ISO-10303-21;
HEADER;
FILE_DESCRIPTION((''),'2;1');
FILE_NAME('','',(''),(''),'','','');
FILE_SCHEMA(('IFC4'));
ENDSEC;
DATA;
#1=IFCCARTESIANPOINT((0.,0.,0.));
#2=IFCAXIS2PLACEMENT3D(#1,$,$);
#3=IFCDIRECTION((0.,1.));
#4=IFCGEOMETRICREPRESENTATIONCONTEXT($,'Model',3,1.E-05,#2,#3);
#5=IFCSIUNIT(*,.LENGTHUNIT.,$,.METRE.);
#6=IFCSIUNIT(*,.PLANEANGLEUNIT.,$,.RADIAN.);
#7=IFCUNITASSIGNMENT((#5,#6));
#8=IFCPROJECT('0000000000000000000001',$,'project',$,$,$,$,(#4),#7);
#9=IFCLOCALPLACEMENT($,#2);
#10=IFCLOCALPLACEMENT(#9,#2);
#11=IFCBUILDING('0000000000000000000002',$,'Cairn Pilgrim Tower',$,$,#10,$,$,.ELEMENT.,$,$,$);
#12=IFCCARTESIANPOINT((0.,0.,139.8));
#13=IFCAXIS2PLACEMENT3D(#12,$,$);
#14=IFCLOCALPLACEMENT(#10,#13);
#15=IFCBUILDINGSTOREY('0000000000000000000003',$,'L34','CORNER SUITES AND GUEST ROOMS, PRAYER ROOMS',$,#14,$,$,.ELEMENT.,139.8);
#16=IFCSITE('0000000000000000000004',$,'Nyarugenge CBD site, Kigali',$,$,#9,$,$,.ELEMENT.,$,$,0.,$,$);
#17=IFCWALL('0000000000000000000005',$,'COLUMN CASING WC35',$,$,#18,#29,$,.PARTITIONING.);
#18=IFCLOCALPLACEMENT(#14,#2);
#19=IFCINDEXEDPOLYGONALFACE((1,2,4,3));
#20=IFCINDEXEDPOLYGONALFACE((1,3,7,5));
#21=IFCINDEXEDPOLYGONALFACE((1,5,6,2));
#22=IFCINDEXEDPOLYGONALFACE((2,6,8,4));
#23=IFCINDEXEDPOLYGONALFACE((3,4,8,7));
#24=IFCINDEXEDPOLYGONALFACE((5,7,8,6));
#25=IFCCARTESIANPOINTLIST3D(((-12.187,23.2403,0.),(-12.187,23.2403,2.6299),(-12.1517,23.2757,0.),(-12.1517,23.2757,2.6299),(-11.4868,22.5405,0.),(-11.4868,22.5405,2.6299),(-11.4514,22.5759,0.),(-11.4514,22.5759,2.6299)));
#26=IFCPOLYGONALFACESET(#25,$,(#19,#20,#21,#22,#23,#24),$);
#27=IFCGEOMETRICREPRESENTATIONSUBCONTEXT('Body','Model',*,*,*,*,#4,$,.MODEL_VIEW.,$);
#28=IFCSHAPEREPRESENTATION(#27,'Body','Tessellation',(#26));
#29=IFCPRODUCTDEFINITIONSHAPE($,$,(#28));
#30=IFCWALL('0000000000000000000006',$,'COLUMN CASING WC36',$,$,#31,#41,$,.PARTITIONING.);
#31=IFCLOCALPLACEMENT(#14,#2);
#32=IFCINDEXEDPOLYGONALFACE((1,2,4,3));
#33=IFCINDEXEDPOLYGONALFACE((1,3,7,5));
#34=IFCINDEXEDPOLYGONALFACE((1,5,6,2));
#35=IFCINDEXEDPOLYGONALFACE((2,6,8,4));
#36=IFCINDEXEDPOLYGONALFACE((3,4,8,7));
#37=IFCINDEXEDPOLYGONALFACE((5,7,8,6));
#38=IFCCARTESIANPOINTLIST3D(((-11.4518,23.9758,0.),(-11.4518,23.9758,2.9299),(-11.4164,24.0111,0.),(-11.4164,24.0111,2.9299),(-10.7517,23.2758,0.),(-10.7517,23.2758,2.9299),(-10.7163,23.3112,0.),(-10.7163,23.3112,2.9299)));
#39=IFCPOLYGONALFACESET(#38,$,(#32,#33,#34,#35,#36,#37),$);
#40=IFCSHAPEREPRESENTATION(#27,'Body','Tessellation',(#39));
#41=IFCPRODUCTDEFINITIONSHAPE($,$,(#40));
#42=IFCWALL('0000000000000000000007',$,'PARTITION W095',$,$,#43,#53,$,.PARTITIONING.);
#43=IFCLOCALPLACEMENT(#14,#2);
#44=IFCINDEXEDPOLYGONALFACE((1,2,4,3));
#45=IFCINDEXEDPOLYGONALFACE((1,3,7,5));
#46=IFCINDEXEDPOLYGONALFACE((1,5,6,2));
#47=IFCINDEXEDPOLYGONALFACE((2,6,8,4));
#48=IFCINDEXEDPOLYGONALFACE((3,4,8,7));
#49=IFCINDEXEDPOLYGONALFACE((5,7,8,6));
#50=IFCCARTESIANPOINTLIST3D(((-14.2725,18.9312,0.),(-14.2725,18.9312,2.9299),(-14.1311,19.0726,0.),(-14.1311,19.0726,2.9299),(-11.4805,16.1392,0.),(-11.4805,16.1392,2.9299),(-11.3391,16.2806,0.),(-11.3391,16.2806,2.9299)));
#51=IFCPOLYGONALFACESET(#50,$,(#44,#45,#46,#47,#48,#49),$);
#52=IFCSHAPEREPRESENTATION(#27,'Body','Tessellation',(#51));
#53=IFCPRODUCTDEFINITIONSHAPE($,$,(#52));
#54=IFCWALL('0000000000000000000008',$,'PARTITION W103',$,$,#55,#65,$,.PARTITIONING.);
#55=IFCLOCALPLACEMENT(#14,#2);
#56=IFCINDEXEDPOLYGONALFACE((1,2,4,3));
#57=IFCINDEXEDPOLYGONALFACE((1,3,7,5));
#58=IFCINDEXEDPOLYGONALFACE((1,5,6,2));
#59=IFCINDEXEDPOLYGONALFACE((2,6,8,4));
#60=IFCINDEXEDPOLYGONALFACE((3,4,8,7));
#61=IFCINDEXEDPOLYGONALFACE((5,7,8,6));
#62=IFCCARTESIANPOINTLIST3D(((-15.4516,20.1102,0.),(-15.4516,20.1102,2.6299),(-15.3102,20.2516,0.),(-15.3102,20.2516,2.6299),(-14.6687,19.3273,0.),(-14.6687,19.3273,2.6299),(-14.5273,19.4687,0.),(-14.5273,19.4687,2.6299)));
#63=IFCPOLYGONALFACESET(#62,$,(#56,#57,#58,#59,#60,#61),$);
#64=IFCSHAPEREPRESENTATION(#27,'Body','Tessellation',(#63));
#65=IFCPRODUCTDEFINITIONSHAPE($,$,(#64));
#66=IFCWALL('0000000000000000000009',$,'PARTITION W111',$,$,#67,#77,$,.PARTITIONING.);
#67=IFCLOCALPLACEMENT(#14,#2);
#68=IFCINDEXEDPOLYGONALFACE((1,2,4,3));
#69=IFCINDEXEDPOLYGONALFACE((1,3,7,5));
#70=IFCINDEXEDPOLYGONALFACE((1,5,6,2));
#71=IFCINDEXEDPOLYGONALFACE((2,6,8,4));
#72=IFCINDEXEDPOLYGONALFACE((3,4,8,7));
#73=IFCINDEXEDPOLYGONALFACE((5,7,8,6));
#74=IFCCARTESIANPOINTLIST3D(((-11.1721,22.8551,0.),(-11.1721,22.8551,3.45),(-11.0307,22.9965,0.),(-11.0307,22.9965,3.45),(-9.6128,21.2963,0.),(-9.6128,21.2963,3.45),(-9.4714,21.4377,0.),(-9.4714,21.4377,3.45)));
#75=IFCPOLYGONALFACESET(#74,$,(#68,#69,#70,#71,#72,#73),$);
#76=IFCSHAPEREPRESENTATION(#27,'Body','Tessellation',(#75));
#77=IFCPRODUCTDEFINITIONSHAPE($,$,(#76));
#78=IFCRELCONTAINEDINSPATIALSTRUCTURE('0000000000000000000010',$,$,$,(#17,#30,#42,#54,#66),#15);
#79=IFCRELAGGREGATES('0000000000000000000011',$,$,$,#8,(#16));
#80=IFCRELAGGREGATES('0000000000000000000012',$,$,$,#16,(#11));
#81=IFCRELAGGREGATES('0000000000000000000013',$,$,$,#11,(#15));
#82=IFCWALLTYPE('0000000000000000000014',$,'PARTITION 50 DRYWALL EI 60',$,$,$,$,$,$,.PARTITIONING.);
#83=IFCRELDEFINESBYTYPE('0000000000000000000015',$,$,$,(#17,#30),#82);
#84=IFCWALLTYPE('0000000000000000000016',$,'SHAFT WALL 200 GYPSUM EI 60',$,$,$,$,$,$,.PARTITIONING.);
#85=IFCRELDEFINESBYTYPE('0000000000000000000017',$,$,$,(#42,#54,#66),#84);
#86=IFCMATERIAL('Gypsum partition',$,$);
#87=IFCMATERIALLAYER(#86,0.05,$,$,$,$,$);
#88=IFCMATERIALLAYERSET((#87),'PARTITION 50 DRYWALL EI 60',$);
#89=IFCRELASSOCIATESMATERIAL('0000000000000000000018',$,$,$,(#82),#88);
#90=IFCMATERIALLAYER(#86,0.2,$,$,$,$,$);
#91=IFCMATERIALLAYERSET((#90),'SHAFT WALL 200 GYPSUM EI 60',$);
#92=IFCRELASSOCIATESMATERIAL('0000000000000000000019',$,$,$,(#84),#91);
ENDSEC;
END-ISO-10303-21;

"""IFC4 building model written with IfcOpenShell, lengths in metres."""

from ifc_helpers import new_model, si_unit, direction, frame, frame_2d, origin, place, context, subcontext, project, spatial, rectangle, extrude, material, layer, layer_set, type_object, element, save


model = new_model("IFC4")

# Units and contexts
model_context = context("Model", 3, precision=1e-05, world=origin(), true_north=direction((0.0, 1.0)))
body_context = subcontext(model_context, "Body", "Model", "MODEL_VIEW")
ifc_project = project(units=[si_unit("LENGTHUNIT", "METRE"), si_unit("PLANEANGLEUNIT", "RADIAN")], contexts=[model_context])

# Site, building, storey
site_placement = place(None, origin())
site = spatial("IfcSite", under=ifc_project, at=site_placement, Name="Nyarugenge CBD site, Kigali", CompositionType="ELEMENT", RefElevation=0.0)
building_placement = place(site_placement, origin())
building = spatial("IfcBuilding", under=site, at=building_placement, Name="Cairn Pilgrim Tower", CompositionType="ELEMENT")
storey_placement = place(building_placement, frame((0.0, 0.0, 139.8)))
storey = spatial("IfcBuildingStorey", under=building, at=storey_placement, Name="L34", Description="CORNER SUITES AND GUEST ROOMS, PRAYER ROOMS", CompositionType="ELEMENT", Elevation=139.8)

# Walls
ifc_material_1 = material(Name="Gypsum partition")
ifc_layer_1 = layer(ifc_material_1, 0.05)
ifc_layer_set_1 = layer_set([ifc_layer_1], Name="PARTITION 50 DRYWALL EI 60")
wall_type_1 = type_object("IfcWallType", Name="PARTITION 50 DRYWALL EI 60", PredefinedType="PARTITIONING", material=ifc_layer_set_1)
wall_1_placement = place(storey_placement, frame((-11.469, 22.5581, 0.0), z_axis=(0.0, 0.0, 1.0), x_axis=(-0.707353, 0.70686, 0.0)))
element("IfcWall", 1, at=wall_1_placement, inside=storey, type_object=wall_type_1, Name="COLUMN CASING WC35", PredefinedType="PARTITIONING", context=body_context, shape_type="SweptSolid", body=[
    extrude(rectangle(XDim=0.99, YDim=0.05, at=frame_2d((0.4951, 0.0))), origin(), (0.0, 0.0, 1.0), 2.6299),
])
wall_2_placement = place(storey_placement, frame((-10.7339, 23.2935, 0.0), z_axis=(0.0, 0.0, 1.0), x_axis=(-0.70723, 0.706983, 0.0)))
element("IfcWall", 2, at=wall_2_placement, inside=storey, type_object=wall_type_1, Name="COLUMN CASING WC36", PredefinedType="PARTITIONING", context=body_context, shape_type="SweptSolid", body=[
    extrude(rectangle(XDim=0.99, YDim=0.05, at=frame_2d((0.4951, 0.0))), origin(), (0.0, 0.0, 1.0), 2.9299),
])
ifc_layer_2 = layer(ifc_material_1, 0.2)
ifc_layer_set_2 = layer_set([ifc_layer_2], Name="SHAFT WALL 200 GYPSUM EI 60")
wall_type_2 = type_object("IfcWallType", Name="SHAFT WALL 200 GYPSUM EI 60", PredefinedType="PARTITIONING", material=ifc_layer_set_2)
wall_3_placement = place(storey_placement, frame((-11.4099, 16.21, 0.0), z_axis=(0.0, 0.0, 1.0), x_axis=(-0.707107, 0.707107, 0.0)))
element("IfcWall", 3, at=wall_3_placement, inside=storey, type_object=wall_type_2, Name="PARTITION W095", PredefinedType="PARTITIONING", context=body_context, shape_type="SweptSolid", body=[
    extrude(rectangle(XDim=3.9485, YDim=0.2, at=frame_2d((1.9741, 0.0))), origin(), (0.0, 0.0, 1.0), 2.9299),
])
wall_4_placement = place(storey_placement, frame((-14.5979, 19.3979, 0.0), z_axis=(0.0, 0.0, 1.0), x_axis=(-0.707107, 0.707107, 0.0)))
element("IfcWall", 4, at=wall_4_placement, inside=storey, type_object=wall_type_2, Name="PARTITION W103", PredefinedType="PARTITIONING", context=body_context, shape_type="SweptSolid", body=[
    extrude(rectangle(XDim=1.1072, YDim=0.2, at=frame_2d((0.5537, 0.0))), origin(), (0.0, 0.0, 1.0), 2.6299),
])
wall_5_placement = place(storey_placement, frame((-9.542, 21.3669, 0.0), z_axis=(0.0, 0.0, 1.0), x_axis=(-0.707218, 0.706996, 0.0)))
element("IfcWall", 5, at=wall_5_placement, inside=storey, type_object=wall_type_2, Name="PARTITION W111", PredefinedType="PARTITIONING", context=body_context, shape_type="SweptSolid", body=[
    extrude(rectangle(XDim=2.2048, YDim=0.2, at=frame_2d((1.1025, 0.0))), origin(), (0.0, 0.0, 1.0), 3.45),
])

save(model, "model.ifc")
